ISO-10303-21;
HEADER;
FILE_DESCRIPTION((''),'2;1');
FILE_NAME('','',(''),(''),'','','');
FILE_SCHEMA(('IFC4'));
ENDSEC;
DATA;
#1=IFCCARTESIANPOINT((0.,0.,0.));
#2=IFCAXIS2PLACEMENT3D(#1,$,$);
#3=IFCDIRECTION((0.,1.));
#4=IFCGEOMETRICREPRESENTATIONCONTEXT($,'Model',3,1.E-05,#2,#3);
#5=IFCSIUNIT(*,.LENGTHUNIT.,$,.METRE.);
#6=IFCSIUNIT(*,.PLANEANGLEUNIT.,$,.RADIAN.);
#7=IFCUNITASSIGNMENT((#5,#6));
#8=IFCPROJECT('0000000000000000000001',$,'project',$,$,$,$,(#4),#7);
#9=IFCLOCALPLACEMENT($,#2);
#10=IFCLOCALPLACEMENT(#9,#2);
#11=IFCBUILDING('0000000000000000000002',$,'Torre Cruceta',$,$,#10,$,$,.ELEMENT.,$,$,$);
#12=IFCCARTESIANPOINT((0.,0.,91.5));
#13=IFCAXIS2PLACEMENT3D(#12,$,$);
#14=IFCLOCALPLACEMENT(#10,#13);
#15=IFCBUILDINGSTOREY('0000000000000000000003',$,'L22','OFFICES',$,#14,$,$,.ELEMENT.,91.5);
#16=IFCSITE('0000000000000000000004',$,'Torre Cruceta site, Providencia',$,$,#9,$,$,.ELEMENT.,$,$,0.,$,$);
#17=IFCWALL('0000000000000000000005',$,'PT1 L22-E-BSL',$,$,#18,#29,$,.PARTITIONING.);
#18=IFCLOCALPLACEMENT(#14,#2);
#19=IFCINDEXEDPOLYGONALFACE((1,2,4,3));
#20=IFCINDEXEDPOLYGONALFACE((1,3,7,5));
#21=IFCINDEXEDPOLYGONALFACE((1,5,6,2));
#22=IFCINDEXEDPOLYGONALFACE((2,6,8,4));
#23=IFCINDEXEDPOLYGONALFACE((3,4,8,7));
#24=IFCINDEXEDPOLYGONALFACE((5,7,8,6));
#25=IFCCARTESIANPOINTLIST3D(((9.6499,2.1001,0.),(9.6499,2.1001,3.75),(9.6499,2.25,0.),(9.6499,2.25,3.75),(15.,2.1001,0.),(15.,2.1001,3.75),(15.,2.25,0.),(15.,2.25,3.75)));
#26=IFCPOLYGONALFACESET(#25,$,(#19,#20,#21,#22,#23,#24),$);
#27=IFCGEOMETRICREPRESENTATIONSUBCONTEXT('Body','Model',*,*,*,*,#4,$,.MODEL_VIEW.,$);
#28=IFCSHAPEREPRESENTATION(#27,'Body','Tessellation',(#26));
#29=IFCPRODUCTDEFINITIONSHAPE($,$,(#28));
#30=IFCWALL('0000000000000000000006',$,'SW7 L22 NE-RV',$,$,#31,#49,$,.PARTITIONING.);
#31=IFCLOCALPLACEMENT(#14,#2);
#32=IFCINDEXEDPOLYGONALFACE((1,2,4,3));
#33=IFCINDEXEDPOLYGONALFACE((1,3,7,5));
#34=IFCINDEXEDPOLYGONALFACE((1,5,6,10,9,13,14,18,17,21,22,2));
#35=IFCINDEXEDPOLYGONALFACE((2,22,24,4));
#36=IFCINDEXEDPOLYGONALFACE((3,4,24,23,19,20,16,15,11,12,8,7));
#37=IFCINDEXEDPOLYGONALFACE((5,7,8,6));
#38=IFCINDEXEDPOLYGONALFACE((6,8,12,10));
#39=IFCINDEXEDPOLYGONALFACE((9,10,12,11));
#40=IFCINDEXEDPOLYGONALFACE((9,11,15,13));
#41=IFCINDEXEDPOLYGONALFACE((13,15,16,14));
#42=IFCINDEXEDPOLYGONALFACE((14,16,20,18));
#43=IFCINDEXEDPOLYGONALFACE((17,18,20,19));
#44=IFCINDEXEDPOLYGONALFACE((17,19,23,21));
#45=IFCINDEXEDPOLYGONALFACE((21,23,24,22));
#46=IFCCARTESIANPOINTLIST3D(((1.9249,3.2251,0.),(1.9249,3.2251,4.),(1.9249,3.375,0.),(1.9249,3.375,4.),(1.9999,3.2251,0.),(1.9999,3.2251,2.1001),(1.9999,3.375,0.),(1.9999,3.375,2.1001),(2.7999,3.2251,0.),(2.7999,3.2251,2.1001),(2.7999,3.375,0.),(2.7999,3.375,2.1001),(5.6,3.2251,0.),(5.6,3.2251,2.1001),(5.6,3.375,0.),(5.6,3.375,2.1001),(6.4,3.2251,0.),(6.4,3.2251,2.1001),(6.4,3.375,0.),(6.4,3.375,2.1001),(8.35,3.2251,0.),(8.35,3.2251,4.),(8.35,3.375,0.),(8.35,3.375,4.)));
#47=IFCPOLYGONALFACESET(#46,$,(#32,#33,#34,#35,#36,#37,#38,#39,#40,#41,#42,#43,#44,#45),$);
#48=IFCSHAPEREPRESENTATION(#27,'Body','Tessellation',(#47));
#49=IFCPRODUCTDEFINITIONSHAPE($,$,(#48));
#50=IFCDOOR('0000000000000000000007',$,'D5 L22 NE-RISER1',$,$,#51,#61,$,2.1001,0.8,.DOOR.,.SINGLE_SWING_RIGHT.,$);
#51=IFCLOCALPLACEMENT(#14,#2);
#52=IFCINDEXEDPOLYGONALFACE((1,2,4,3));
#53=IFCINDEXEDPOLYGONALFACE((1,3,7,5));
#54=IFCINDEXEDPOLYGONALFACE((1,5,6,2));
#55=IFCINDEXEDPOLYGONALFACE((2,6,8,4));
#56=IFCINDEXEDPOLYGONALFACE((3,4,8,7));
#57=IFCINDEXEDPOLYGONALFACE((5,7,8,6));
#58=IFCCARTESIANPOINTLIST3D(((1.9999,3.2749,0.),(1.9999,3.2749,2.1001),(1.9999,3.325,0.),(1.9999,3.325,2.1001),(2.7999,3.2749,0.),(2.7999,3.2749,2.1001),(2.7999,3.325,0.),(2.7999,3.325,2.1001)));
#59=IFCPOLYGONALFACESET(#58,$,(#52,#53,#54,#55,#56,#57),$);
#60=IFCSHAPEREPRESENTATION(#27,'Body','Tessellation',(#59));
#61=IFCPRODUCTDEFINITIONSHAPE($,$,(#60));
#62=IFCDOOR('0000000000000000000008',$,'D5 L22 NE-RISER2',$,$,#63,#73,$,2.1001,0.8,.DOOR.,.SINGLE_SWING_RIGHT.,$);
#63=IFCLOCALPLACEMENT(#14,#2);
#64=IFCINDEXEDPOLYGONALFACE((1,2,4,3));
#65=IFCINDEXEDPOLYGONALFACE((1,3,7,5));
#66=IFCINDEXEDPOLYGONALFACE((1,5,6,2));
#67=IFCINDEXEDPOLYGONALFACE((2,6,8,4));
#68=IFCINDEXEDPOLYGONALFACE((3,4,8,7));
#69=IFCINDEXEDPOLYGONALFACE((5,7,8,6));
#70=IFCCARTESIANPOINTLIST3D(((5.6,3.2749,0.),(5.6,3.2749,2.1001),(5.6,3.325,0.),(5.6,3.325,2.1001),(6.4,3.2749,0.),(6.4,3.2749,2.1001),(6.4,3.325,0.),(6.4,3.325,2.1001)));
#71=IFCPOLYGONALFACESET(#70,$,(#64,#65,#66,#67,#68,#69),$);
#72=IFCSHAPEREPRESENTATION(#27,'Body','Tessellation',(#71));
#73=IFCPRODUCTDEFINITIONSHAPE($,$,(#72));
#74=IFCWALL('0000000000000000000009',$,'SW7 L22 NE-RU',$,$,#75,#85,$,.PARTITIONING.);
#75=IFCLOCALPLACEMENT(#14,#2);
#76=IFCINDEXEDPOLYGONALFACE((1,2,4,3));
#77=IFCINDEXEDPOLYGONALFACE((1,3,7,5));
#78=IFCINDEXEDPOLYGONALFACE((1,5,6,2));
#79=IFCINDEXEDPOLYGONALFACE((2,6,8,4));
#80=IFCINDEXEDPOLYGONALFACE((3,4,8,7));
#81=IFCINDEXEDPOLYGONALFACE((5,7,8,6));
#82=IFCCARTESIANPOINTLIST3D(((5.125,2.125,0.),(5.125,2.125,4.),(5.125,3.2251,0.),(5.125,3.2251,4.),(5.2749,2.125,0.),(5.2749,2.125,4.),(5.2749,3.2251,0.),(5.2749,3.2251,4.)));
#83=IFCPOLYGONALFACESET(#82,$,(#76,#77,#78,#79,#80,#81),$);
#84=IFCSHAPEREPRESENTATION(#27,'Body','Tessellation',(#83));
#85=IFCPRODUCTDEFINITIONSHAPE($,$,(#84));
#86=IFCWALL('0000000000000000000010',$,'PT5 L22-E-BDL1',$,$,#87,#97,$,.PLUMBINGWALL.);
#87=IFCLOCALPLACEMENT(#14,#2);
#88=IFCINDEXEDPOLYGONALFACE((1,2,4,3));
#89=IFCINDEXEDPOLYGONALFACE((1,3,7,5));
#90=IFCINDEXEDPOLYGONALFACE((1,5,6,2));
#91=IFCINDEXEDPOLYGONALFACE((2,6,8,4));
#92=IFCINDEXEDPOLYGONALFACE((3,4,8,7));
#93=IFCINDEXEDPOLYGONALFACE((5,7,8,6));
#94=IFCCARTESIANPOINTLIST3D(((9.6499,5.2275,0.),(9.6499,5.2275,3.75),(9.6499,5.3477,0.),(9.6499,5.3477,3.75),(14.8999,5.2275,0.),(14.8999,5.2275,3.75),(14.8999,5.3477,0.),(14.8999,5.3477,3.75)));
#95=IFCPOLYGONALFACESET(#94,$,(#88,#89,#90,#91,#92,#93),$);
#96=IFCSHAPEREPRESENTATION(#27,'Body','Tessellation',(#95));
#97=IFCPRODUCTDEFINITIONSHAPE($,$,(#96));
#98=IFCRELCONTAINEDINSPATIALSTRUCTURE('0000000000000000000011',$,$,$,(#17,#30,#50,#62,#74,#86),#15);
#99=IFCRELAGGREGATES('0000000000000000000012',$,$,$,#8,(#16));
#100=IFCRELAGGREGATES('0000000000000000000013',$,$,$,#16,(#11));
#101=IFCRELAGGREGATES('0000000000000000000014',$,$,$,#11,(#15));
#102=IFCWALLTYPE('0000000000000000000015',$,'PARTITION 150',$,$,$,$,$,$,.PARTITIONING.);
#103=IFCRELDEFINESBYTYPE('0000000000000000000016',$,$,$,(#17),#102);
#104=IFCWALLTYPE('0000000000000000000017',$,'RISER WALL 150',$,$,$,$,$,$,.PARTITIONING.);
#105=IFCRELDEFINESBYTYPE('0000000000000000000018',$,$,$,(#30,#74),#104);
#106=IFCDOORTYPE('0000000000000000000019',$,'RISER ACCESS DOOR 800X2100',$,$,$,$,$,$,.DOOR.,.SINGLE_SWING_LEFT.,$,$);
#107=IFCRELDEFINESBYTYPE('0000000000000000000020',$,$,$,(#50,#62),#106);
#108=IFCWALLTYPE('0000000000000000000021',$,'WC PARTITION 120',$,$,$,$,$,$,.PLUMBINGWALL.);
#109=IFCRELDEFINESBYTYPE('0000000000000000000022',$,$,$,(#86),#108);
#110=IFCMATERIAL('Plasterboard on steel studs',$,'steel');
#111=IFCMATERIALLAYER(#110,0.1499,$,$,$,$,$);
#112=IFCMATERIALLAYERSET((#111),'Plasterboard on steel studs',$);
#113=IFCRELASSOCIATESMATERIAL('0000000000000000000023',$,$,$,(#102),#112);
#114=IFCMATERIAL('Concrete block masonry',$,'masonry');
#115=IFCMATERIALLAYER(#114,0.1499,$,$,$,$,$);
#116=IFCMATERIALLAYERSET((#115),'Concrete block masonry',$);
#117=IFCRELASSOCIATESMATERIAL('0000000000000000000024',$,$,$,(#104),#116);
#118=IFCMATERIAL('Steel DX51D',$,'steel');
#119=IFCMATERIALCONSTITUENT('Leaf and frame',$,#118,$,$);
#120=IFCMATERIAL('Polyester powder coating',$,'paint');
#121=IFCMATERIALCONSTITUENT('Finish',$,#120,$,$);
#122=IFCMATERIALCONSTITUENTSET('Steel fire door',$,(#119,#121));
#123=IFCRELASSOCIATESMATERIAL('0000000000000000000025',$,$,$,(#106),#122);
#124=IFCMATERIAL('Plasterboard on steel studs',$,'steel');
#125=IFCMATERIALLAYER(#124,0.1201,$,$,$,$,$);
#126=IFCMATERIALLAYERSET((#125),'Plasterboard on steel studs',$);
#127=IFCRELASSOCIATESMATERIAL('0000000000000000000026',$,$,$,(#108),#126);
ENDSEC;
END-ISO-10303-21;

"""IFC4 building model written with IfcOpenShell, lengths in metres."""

from ifc_helpers import new_model, si_unit, direction, frame, frame_2d, origin, place, context, subcontext, project, spatial, rectangle, extrude, material, layer, layer_set, constituent, constituent_set, type_object, element, fill, save


model = new_model("IFC4")

# Units and contexts
model_context = context("Model", 3, precision=1e-05, world=origin(), true_north=direction((0.0, 1.0)))
body_context = subcontext(model_context, "Body", "Model", "MODEL_VIEW")
ifc_project = project(units=[si_unit("LENGTHUNIT", "METRE"), si_unit("PLANEANGLEUNIT", "RADIAN")], contexts=[model_context])

# Site, building, storey
site_placement = place(None, origin())
site = spatial("IfcSite", under=ifc_project, at=site_placement, Name="Torre Cruceta site, Providencia", CompositionType="ELEMENT", RefElevation=0.0)
building_placement = place(site_placement, origin())
building = spatial("IfcBuilding", under=site, at=building_placement, Name="Torre Cruceta", CompositionType="ELEMENT")
storey_placement = place(building_placement, frame((0.0, 0.0, 91.5)))
storey = spatial("IfcBuildingStorey", under=building, at=storey_placement, Name="L22", Description="OFFICES", CompositionType="ELEMENT", Elevation=91.5)

# Wall
ifc_material_1 = material(Name="Plasterboard on steel studs", Category="steel")
ifc_layer_1 = layer(ifc_material_1, 0.1499)
ifc_layer_set_1 = layer_set([ifc_layer_1], Name="Plasterboard on steel studs")
wall_type_1 = type_object("IfcWallType", Name="PARTITION 150", PredefinedType="PARTITIONING", material=ifc_layer_set_1)
wall_1_placement = place(storey_placement, frame((9.6499, 2.175, 0.0), z_axis=(0.0, 0.0, 1.0), x_axis=(1.0, 0.0, 0.0)))
element("IfcWall", 1, at=wall_1_placement, inside=storey, type_object=wall_type_1, Name="PT1 L22-E-BSL", PredefinedType="PARTITIONING", context=body_context, shape_type="SweptSolid", body=[
    extrude(rectangle(XDim=5.3501, YDim=0.1499, at=frame_2d((2.675, 0.0))), origin(), (0.0, 0.0, 1.0), 3.75),
])

# Wall, openings, doors
ifc_material_2 = material(Name="Concrete block masonry", Category="masonry")
ifc_layer_2 = layer(ifc_material_2, 0.1499)
ifc_layer_set_2 = layer_set([ifc_layer_2], Name="Concrete block masonry")
wall_type_2 = type_object("IfcWallType", Name="RISER WALL 150", PredefinedType="PARTITIONING", material=ifc_layer_set_2)
wall_2_placement = place(storey_placement, frame((1.925, 3.3, 0.0), z_axis=(0.0, 0.0, 1.0), x_axis=(1.0, 0.0, 0.0)))
wall_2 = element("IfcWall", 2, at=wall_2_placement, inside=storey, type_object=wall_type_2, Name="SW7 L22 NE-RV", PredefinedType="PARTITIONING", context=body_context, shape_type="SweptSolid", body=[
    extrude(rectangle(XDim=6.425, YDim=0.1499, at=frame_2d((3.2124, 0.0))), origin(), (0.0, 0.0, 1.0), 4.0),
])
opening_1_placement = place(wall_2_placement, frame((0.075, 0.0, 0.0)))
opening_1 = element("IfcOpeningElement", 3, at=opening_1_placement, cuts=wall_2, PredefinedType="OPENING", context=body_context, shape_type="SweptSolid", body=[
    extrude(rectangle(XDim=0.8, YDim=2.1001, at=frame_2d((0.3999, 1.05))), frame((0.0, 0.085, 0.0), z_axis=(0.0, -1.0, 0.0), x_axis=(1.0, 0.0, 0.0)), (0.0, 0.0, 1.0), 0.1699),
])
opening_2_placement = place(wall_2_placement, frame((3.675, 0.0, 0.0)))
opening_2 = element("IfcOpeningElement", 4, at=opening_2_placement, cuts=wall_2, PredefinedType="OPENING", context=body_context, shape_type="SweptSolid", body=[
    extrude(rectangle(XDim=0.8, YDim=2.1001, at=frame_2d((0.3999, 1.05))), frame((0.0, 0.085, 0.0), z_axis=(0.0, -1.0, 0.0), x_axis=(1.0, 0.0, 0.0)), (0.0, 0.0, 1.0), 0.1699),
])
ifc_material_3 = material(Name="Steel DX51D", Category="steel")
ifc_constituent_1 = constituent(ifc_material_3, Name="Leaf and frame")
ifc_material_4 = material(Name="Polyester powder coating", Category="paint")
ifc_constituent_2 = constituent(ifc_material_4, Name="Finish")
ifc_constituent_set_1 = constituent_set(constituents=[ifc_constituent_1, ifc_constituent_2], Name="Steel fire door")
door_type_1 = type_object("IfcDoorType", Name="RISER ACCESS DOOR 800X2100", OperationType="SINGLE_SWING_LEFT", PredefinedType="DOOR", material=ifc_constituent_set_1)
door_1_placement = place(opening_1_placement, frame((0.8, 0.0, 0.0), z_axis=(0.0, 0.0, 1.0), x_axis=(-1.0, 0.0, 0.0)))
door_1 = element("IfcDoor", 5, at=door_1_placement, inside=storey, type_object=door_type_1, Name="D5 L22 NE-RISER1", OperationType="SINGLE_SWING_RIGHT", OverallHeight=2.1001, OverallWidth=0.8, PredefinedType="DOOR", context=body_context, shape_type="SweptSolid", body=[
    extrude(rectangle(XDim=0.8, YDim=2.1001, at=frame_2d((0.4001, 1.05))), frame((0.0, 0.0251, 0.0), z_axis=(0.0, -1.0, 0.0), x_axis=(1.0, 0.0, 0.0)), (0.0, 0.0, 1.0), 0.05),
])
fill(opening_1, door_1)
door_2_placement = place(opening_2_placement, frame((0.8, 0.0, 0.0), z_axis=(0.0, 0.0, 1.0), x_axis=(-1.0, 0.0, 0.0)))
door_2 = element("IfcDoor", 6, at=door_2_placement, inside=storey, type_object=door_type_1, Name="D5 L22 NE-RISER2", OperationType="SINGLE_SWING_RIGHT", OverallHeight=2.1001, OverallWidth=0.8, PredefinedType="DOOR", context=body_context, shape_type="SweptSolid", body=[
    extrude(rectangle(XDim=0.8, YDim=2.1001, at=frame_2d((0.4001, 1.05))), frame((0.0, 0.0251, 0.0), z_axis=(0.0, -1.0, 0.0), x_axis=(1.0, 0.0, 0.0)), (0.0, 0.0, 1.0), 0.05),
])
fill(opening_2, door_2)

# Walls
wall_3_placement = place(storey_placement, frame((5.2, 2.125, 0.0), z_axis=(0.0, 0.0, 1.0), x_axis=(0.0, 1.0, 0.0)))
element("IfcWall", 7, at=wall_3_placement, inside=storey, type_object=wall_type_2, Name="SW7 L22 NE-RU", PredefinedType="PARTITIONING", context=body_context, shape_type="SweptSolid", body=[
    extrude(rectangle(XDim=1.1001, YDim=0.1499, at=frame_2d((0.55, 0.0))), origin(), (0.0, 0.0, 1.0), 4.0),
])
ifc_material_5 = material(Name="Plasterboard on steel studs", Category="steel")
ifc_layer_3 = layer(ifc_material_5, 0.1201)
ifc_layer_set_3 = layer_set([ifc_layer_3], Name="Plasterboard on steel studs")
wall_type_3 = type_object("IfcWallType", Name="WC PARTITION 120", PredefinedType="PLUMBINGWALL", material=ifc_layer_set_3)
wall_4_placement = place(storey_placement, frame((9.6499, 5.2876, 0.0), z_axis=(0.0, 0.0, 1.0), x_axis=(1.0, 0.0, 0.0)))
element("IfcWall", 8, at=wall_4_placement, inside=storey, type_object=wall_type_3, Name="PT5 L22-E-BDL1", PredefinedType="PLUMBINGWALL", context=body_context, shape_type="SweptSolid", body=[
    extrude(rectangle(XDim=5.25, YDim=0.1201, at=frame_2d((2.625, 0.0))), origin(), (0.0, 0.0, 1.0), 3.75),
])

save(model, "model.ifc")
